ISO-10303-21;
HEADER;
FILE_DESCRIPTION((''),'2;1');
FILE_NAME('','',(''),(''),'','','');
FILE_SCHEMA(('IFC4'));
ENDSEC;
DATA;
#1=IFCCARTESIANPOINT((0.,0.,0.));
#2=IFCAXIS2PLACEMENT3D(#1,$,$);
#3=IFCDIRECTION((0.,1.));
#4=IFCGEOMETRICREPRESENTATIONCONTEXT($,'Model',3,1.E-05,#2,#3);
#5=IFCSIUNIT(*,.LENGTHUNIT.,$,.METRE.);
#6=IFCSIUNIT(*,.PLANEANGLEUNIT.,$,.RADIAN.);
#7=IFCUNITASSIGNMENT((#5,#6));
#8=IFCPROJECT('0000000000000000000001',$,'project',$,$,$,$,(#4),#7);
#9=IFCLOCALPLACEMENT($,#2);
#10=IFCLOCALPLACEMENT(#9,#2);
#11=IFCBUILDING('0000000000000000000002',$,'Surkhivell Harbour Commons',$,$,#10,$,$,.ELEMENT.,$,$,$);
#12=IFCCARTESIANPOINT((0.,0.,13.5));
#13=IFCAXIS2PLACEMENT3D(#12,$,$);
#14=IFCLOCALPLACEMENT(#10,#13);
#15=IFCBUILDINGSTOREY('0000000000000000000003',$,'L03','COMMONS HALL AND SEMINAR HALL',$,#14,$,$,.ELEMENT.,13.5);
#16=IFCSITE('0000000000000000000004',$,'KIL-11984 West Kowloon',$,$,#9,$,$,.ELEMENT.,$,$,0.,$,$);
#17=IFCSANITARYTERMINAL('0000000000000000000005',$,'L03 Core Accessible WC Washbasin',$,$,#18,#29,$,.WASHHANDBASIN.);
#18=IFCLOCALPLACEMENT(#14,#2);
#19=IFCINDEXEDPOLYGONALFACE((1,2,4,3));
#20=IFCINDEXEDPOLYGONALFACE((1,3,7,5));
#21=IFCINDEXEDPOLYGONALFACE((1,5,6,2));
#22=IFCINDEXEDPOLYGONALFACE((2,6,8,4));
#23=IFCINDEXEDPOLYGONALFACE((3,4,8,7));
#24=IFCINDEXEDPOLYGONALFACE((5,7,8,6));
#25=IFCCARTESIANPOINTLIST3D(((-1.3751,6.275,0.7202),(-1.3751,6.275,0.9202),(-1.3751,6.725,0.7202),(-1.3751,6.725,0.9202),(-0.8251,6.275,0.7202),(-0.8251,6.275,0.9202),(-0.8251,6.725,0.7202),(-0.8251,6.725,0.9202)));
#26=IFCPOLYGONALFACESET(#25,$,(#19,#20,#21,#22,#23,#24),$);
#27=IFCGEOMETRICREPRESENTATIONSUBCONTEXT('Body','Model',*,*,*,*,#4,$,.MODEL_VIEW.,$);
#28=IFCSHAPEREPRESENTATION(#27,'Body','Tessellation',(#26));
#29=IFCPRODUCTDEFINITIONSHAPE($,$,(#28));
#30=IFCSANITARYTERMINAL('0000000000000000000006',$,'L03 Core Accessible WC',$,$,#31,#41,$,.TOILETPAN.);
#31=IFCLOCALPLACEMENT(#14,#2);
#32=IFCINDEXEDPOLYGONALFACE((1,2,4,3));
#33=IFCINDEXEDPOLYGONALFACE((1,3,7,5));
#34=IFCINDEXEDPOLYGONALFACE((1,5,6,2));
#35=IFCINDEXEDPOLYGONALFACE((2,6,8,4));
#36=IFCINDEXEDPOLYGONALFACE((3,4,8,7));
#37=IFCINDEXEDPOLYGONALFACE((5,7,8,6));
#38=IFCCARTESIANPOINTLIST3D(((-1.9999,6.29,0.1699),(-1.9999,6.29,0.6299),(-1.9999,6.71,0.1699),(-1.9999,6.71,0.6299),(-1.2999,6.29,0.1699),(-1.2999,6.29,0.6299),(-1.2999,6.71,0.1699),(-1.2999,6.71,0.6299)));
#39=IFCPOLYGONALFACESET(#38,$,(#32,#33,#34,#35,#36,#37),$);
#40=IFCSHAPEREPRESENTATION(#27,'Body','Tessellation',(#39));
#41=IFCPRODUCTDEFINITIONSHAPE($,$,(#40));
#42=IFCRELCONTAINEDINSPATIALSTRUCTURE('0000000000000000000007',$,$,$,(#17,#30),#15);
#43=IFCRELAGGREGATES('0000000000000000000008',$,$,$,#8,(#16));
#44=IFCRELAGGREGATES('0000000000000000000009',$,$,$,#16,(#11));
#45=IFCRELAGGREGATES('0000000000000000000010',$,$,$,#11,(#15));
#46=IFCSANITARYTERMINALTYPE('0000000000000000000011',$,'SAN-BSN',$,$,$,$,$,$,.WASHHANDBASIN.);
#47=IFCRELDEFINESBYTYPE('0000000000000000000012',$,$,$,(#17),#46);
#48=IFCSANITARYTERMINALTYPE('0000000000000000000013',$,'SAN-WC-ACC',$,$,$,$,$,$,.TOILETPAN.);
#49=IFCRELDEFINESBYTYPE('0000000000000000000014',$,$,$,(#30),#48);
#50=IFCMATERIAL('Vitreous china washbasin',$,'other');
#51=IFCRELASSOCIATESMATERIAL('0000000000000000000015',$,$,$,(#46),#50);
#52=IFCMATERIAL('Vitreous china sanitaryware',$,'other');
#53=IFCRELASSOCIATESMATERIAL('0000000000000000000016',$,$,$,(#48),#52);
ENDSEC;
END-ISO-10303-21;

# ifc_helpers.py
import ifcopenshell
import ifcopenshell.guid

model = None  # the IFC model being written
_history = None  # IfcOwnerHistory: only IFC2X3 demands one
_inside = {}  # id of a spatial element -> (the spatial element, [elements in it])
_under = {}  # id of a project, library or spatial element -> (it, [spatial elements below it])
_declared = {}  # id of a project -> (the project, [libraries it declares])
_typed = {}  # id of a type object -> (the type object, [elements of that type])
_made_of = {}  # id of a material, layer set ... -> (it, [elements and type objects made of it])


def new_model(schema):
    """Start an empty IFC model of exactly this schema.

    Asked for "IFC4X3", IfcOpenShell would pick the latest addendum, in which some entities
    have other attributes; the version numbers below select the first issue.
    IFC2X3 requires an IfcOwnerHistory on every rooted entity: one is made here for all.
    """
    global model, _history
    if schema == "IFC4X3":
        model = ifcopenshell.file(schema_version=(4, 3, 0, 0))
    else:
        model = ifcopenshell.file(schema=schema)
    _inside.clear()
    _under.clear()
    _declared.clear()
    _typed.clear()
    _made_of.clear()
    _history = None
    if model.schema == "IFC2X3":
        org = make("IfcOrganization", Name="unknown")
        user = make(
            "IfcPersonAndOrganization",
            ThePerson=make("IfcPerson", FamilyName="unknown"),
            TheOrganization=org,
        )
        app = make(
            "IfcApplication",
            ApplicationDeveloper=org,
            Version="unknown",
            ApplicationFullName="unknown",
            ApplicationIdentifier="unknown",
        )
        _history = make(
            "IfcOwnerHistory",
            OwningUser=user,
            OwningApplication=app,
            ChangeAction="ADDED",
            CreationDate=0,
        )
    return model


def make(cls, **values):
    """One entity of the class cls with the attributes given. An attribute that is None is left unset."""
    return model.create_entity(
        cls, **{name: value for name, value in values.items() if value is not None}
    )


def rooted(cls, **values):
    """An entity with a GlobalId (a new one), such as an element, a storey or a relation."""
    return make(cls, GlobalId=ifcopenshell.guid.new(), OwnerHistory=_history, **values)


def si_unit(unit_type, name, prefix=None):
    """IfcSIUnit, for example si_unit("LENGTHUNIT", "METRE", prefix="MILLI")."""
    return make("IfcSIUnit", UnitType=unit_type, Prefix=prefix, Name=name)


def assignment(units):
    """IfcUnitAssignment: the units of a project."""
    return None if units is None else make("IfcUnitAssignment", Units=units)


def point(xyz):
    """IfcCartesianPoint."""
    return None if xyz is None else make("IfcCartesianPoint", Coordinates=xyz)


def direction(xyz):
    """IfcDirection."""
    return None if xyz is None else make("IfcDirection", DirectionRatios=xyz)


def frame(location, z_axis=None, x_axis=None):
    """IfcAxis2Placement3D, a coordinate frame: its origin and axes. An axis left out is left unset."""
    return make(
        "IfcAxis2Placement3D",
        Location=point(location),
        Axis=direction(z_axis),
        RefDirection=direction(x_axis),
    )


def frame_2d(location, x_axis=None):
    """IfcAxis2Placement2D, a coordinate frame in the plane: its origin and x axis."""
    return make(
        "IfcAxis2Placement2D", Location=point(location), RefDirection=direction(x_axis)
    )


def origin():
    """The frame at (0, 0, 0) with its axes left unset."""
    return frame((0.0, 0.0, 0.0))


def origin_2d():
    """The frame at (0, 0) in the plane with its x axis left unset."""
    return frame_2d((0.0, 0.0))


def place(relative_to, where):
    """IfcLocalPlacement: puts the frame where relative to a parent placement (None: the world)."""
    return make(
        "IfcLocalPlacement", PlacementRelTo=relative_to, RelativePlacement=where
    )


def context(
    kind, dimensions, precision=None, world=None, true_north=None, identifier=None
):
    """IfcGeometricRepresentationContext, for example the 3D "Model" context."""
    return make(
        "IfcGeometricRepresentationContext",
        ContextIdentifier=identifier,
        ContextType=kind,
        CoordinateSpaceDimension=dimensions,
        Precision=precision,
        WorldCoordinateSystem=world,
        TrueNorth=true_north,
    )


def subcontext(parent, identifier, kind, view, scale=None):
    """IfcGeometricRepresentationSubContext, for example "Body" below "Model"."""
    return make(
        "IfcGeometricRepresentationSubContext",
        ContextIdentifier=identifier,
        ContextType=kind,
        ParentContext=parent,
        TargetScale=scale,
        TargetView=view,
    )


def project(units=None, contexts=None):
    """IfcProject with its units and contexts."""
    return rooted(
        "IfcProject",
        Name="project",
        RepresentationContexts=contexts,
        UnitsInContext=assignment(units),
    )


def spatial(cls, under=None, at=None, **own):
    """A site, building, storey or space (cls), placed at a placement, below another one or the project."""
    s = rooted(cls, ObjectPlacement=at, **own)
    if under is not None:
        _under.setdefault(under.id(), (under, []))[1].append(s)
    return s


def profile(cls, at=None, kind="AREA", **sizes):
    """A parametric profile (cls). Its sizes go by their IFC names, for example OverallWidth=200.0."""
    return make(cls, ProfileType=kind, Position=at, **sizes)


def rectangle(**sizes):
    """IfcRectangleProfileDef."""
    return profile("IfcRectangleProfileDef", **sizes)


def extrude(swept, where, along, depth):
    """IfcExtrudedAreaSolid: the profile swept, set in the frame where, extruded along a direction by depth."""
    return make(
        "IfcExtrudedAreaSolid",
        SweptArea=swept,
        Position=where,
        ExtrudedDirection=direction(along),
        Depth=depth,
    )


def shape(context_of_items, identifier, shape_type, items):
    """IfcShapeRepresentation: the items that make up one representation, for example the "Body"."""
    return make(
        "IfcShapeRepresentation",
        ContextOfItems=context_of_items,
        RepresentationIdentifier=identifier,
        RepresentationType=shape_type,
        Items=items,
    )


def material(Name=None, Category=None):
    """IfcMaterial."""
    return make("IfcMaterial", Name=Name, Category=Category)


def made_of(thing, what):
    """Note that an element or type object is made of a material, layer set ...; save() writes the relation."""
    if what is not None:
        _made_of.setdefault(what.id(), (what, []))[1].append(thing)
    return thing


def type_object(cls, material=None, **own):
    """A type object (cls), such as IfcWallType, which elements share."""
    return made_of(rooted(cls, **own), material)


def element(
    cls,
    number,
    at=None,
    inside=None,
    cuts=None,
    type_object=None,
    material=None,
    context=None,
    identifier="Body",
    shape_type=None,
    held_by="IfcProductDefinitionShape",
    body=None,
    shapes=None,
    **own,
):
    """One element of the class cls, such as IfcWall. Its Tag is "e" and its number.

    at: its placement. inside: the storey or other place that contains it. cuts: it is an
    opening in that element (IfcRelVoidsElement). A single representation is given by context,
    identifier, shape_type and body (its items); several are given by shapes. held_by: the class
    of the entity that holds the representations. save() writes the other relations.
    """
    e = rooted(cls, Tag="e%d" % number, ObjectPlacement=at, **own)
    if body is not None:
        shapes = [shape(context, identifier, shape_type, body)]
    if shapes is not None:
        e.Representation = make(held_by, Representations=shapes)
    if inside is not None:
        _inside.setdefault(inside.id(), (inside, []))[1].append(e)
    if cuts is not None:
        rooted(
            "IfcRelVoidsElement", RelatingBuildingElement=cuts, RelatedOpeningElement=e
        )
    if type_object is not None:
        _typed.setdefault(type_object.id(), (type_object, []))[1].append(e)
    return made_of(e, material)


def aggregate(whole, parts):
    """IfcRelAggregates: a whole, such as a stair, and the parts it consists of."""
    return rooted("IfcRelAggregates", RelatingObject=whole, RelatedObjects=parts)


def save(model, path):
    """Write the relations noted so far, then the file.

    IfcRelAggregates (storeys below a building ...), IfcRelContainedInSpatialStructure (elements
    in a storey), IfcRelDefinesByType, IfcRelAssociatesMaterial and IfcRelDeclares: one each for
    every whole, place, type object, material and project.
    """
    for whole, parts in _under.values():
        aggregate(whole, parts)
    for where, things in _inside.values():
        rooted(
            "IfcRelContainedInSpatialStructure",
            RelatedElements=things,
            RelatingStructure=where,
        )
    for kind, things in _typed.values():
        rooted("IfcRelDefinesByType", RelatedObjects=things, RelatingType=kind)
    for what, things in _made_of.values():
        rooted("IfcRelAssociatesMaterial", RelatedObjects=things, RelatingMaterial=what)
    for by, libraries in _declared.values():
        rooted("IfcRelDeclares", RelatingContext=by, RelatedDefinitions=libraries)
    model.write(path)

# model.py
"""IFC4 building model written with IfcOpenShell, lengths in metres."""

from ifc_helpers import new_model, si_unit, direction, frame, origin, origin_2d, place, context, subcontext, project, spatial, rectangle, extrude, material, type_object, element, save


model = new_model("IFC4")

# Units and contexts
model_context = context("Model", 3, precision=1e-05, world=origin(), true_north=direction((0.0, 1.0)))
body_context = subcontext(model_context, "Body", "Model", "MODEL_VIEW")
ifc_project = project(units=[si_unit("LENGTHUNIT", "METRE"), si_unit("PLANEANGLEUNIT", "RADIAN")], contexts=[model_context])

# Site, building, storey
site_placement = place(None, origin())
site = spatial("IfcSite", under=ifc_project, at=site_placement, Name="KIL-11984 West Kowloon", CompositionType="ELEMENT", RefElevation=0.0)
building_placement = place(site_placement, origin())
building = spatial("IfcBuilding", under=site, at=building_placement, Name="Surkhivell Harbour Commons", CompositionType="ELEMENT")
storey_placement = place(building_placement, frame((0.0, 0.0, 13.5)))
storey = spatial("IfcBuildingStorey", under=building, at=storey_placement, Name="L03", Description="COMMONS HALL AND SEMINAR HALL", CompositionType="ELEMENT", Elevation=13.5)

# Sanitary terminals
ifc_material_1 = material(Name="Vitreous china washbasin", Category="other")
sanitary_terminal_type_1 = type_object("IfcSanitaryTerminalType", Name="SAN-BSN", PredefinedType="WASHHANDBASIN", material=ifc_material_1)
sanitary_terminal_1_placement = place(storey_placement, frame((-1.1001, 6.5, 0.7202), z_axis=(0.0, 0.0, 1.0), x_axis=(1.0, 0.0, 0.0)))
element("IfcSanitaryTerminal", 1, at=sanitary_terminal_1_placement, inside=storey, type_object=sanitary_terminal_type_1, Name="L03 Core Accessible WC Washbasin", PredefinedType="WASHHANDBASIN", context=body_context, shape_type="SweptSolid", body=[
    extrude(rectangle(XDim=0.55, YDim=0.45, at=origin_2d()), origin(), (0.0, 0.0, 1.0), 0.2),
])
ifc_material_2 = material(Name="Vitreous china sanitaryware", Category="other")
sanitary_terminal_type_2 = type_object("IfcSanitaryTerminalType", Name="SAN-WC-ACC", PredefinedType="TOILETPAN", material=ifc_material_2)
sanitary_terminal_2_placement = place(storey_placement, frame((-1.6499, 6.5, 0.1699), z_axis=(0.0, 0.0, 1.0), x_axis=(1.0, 0.0, 0.0)))
element("IfcSanitaryTerminal", 2, at=sanitary_terminal_2_placement, inside=storey, type_object=sanitary_terminal_type_2, Name="L03 Core Accessible WC", PredefinedType="TOILETPAN", context=body_context, shape_type="SweptSolid", body=[
    extrude(rectangle(XDim=0.7, YDim=0.4199, at=origin_2d()), origin(), (0.0, 0.0, 1.0), 0.46),
])

save(model, "model.ifc")
